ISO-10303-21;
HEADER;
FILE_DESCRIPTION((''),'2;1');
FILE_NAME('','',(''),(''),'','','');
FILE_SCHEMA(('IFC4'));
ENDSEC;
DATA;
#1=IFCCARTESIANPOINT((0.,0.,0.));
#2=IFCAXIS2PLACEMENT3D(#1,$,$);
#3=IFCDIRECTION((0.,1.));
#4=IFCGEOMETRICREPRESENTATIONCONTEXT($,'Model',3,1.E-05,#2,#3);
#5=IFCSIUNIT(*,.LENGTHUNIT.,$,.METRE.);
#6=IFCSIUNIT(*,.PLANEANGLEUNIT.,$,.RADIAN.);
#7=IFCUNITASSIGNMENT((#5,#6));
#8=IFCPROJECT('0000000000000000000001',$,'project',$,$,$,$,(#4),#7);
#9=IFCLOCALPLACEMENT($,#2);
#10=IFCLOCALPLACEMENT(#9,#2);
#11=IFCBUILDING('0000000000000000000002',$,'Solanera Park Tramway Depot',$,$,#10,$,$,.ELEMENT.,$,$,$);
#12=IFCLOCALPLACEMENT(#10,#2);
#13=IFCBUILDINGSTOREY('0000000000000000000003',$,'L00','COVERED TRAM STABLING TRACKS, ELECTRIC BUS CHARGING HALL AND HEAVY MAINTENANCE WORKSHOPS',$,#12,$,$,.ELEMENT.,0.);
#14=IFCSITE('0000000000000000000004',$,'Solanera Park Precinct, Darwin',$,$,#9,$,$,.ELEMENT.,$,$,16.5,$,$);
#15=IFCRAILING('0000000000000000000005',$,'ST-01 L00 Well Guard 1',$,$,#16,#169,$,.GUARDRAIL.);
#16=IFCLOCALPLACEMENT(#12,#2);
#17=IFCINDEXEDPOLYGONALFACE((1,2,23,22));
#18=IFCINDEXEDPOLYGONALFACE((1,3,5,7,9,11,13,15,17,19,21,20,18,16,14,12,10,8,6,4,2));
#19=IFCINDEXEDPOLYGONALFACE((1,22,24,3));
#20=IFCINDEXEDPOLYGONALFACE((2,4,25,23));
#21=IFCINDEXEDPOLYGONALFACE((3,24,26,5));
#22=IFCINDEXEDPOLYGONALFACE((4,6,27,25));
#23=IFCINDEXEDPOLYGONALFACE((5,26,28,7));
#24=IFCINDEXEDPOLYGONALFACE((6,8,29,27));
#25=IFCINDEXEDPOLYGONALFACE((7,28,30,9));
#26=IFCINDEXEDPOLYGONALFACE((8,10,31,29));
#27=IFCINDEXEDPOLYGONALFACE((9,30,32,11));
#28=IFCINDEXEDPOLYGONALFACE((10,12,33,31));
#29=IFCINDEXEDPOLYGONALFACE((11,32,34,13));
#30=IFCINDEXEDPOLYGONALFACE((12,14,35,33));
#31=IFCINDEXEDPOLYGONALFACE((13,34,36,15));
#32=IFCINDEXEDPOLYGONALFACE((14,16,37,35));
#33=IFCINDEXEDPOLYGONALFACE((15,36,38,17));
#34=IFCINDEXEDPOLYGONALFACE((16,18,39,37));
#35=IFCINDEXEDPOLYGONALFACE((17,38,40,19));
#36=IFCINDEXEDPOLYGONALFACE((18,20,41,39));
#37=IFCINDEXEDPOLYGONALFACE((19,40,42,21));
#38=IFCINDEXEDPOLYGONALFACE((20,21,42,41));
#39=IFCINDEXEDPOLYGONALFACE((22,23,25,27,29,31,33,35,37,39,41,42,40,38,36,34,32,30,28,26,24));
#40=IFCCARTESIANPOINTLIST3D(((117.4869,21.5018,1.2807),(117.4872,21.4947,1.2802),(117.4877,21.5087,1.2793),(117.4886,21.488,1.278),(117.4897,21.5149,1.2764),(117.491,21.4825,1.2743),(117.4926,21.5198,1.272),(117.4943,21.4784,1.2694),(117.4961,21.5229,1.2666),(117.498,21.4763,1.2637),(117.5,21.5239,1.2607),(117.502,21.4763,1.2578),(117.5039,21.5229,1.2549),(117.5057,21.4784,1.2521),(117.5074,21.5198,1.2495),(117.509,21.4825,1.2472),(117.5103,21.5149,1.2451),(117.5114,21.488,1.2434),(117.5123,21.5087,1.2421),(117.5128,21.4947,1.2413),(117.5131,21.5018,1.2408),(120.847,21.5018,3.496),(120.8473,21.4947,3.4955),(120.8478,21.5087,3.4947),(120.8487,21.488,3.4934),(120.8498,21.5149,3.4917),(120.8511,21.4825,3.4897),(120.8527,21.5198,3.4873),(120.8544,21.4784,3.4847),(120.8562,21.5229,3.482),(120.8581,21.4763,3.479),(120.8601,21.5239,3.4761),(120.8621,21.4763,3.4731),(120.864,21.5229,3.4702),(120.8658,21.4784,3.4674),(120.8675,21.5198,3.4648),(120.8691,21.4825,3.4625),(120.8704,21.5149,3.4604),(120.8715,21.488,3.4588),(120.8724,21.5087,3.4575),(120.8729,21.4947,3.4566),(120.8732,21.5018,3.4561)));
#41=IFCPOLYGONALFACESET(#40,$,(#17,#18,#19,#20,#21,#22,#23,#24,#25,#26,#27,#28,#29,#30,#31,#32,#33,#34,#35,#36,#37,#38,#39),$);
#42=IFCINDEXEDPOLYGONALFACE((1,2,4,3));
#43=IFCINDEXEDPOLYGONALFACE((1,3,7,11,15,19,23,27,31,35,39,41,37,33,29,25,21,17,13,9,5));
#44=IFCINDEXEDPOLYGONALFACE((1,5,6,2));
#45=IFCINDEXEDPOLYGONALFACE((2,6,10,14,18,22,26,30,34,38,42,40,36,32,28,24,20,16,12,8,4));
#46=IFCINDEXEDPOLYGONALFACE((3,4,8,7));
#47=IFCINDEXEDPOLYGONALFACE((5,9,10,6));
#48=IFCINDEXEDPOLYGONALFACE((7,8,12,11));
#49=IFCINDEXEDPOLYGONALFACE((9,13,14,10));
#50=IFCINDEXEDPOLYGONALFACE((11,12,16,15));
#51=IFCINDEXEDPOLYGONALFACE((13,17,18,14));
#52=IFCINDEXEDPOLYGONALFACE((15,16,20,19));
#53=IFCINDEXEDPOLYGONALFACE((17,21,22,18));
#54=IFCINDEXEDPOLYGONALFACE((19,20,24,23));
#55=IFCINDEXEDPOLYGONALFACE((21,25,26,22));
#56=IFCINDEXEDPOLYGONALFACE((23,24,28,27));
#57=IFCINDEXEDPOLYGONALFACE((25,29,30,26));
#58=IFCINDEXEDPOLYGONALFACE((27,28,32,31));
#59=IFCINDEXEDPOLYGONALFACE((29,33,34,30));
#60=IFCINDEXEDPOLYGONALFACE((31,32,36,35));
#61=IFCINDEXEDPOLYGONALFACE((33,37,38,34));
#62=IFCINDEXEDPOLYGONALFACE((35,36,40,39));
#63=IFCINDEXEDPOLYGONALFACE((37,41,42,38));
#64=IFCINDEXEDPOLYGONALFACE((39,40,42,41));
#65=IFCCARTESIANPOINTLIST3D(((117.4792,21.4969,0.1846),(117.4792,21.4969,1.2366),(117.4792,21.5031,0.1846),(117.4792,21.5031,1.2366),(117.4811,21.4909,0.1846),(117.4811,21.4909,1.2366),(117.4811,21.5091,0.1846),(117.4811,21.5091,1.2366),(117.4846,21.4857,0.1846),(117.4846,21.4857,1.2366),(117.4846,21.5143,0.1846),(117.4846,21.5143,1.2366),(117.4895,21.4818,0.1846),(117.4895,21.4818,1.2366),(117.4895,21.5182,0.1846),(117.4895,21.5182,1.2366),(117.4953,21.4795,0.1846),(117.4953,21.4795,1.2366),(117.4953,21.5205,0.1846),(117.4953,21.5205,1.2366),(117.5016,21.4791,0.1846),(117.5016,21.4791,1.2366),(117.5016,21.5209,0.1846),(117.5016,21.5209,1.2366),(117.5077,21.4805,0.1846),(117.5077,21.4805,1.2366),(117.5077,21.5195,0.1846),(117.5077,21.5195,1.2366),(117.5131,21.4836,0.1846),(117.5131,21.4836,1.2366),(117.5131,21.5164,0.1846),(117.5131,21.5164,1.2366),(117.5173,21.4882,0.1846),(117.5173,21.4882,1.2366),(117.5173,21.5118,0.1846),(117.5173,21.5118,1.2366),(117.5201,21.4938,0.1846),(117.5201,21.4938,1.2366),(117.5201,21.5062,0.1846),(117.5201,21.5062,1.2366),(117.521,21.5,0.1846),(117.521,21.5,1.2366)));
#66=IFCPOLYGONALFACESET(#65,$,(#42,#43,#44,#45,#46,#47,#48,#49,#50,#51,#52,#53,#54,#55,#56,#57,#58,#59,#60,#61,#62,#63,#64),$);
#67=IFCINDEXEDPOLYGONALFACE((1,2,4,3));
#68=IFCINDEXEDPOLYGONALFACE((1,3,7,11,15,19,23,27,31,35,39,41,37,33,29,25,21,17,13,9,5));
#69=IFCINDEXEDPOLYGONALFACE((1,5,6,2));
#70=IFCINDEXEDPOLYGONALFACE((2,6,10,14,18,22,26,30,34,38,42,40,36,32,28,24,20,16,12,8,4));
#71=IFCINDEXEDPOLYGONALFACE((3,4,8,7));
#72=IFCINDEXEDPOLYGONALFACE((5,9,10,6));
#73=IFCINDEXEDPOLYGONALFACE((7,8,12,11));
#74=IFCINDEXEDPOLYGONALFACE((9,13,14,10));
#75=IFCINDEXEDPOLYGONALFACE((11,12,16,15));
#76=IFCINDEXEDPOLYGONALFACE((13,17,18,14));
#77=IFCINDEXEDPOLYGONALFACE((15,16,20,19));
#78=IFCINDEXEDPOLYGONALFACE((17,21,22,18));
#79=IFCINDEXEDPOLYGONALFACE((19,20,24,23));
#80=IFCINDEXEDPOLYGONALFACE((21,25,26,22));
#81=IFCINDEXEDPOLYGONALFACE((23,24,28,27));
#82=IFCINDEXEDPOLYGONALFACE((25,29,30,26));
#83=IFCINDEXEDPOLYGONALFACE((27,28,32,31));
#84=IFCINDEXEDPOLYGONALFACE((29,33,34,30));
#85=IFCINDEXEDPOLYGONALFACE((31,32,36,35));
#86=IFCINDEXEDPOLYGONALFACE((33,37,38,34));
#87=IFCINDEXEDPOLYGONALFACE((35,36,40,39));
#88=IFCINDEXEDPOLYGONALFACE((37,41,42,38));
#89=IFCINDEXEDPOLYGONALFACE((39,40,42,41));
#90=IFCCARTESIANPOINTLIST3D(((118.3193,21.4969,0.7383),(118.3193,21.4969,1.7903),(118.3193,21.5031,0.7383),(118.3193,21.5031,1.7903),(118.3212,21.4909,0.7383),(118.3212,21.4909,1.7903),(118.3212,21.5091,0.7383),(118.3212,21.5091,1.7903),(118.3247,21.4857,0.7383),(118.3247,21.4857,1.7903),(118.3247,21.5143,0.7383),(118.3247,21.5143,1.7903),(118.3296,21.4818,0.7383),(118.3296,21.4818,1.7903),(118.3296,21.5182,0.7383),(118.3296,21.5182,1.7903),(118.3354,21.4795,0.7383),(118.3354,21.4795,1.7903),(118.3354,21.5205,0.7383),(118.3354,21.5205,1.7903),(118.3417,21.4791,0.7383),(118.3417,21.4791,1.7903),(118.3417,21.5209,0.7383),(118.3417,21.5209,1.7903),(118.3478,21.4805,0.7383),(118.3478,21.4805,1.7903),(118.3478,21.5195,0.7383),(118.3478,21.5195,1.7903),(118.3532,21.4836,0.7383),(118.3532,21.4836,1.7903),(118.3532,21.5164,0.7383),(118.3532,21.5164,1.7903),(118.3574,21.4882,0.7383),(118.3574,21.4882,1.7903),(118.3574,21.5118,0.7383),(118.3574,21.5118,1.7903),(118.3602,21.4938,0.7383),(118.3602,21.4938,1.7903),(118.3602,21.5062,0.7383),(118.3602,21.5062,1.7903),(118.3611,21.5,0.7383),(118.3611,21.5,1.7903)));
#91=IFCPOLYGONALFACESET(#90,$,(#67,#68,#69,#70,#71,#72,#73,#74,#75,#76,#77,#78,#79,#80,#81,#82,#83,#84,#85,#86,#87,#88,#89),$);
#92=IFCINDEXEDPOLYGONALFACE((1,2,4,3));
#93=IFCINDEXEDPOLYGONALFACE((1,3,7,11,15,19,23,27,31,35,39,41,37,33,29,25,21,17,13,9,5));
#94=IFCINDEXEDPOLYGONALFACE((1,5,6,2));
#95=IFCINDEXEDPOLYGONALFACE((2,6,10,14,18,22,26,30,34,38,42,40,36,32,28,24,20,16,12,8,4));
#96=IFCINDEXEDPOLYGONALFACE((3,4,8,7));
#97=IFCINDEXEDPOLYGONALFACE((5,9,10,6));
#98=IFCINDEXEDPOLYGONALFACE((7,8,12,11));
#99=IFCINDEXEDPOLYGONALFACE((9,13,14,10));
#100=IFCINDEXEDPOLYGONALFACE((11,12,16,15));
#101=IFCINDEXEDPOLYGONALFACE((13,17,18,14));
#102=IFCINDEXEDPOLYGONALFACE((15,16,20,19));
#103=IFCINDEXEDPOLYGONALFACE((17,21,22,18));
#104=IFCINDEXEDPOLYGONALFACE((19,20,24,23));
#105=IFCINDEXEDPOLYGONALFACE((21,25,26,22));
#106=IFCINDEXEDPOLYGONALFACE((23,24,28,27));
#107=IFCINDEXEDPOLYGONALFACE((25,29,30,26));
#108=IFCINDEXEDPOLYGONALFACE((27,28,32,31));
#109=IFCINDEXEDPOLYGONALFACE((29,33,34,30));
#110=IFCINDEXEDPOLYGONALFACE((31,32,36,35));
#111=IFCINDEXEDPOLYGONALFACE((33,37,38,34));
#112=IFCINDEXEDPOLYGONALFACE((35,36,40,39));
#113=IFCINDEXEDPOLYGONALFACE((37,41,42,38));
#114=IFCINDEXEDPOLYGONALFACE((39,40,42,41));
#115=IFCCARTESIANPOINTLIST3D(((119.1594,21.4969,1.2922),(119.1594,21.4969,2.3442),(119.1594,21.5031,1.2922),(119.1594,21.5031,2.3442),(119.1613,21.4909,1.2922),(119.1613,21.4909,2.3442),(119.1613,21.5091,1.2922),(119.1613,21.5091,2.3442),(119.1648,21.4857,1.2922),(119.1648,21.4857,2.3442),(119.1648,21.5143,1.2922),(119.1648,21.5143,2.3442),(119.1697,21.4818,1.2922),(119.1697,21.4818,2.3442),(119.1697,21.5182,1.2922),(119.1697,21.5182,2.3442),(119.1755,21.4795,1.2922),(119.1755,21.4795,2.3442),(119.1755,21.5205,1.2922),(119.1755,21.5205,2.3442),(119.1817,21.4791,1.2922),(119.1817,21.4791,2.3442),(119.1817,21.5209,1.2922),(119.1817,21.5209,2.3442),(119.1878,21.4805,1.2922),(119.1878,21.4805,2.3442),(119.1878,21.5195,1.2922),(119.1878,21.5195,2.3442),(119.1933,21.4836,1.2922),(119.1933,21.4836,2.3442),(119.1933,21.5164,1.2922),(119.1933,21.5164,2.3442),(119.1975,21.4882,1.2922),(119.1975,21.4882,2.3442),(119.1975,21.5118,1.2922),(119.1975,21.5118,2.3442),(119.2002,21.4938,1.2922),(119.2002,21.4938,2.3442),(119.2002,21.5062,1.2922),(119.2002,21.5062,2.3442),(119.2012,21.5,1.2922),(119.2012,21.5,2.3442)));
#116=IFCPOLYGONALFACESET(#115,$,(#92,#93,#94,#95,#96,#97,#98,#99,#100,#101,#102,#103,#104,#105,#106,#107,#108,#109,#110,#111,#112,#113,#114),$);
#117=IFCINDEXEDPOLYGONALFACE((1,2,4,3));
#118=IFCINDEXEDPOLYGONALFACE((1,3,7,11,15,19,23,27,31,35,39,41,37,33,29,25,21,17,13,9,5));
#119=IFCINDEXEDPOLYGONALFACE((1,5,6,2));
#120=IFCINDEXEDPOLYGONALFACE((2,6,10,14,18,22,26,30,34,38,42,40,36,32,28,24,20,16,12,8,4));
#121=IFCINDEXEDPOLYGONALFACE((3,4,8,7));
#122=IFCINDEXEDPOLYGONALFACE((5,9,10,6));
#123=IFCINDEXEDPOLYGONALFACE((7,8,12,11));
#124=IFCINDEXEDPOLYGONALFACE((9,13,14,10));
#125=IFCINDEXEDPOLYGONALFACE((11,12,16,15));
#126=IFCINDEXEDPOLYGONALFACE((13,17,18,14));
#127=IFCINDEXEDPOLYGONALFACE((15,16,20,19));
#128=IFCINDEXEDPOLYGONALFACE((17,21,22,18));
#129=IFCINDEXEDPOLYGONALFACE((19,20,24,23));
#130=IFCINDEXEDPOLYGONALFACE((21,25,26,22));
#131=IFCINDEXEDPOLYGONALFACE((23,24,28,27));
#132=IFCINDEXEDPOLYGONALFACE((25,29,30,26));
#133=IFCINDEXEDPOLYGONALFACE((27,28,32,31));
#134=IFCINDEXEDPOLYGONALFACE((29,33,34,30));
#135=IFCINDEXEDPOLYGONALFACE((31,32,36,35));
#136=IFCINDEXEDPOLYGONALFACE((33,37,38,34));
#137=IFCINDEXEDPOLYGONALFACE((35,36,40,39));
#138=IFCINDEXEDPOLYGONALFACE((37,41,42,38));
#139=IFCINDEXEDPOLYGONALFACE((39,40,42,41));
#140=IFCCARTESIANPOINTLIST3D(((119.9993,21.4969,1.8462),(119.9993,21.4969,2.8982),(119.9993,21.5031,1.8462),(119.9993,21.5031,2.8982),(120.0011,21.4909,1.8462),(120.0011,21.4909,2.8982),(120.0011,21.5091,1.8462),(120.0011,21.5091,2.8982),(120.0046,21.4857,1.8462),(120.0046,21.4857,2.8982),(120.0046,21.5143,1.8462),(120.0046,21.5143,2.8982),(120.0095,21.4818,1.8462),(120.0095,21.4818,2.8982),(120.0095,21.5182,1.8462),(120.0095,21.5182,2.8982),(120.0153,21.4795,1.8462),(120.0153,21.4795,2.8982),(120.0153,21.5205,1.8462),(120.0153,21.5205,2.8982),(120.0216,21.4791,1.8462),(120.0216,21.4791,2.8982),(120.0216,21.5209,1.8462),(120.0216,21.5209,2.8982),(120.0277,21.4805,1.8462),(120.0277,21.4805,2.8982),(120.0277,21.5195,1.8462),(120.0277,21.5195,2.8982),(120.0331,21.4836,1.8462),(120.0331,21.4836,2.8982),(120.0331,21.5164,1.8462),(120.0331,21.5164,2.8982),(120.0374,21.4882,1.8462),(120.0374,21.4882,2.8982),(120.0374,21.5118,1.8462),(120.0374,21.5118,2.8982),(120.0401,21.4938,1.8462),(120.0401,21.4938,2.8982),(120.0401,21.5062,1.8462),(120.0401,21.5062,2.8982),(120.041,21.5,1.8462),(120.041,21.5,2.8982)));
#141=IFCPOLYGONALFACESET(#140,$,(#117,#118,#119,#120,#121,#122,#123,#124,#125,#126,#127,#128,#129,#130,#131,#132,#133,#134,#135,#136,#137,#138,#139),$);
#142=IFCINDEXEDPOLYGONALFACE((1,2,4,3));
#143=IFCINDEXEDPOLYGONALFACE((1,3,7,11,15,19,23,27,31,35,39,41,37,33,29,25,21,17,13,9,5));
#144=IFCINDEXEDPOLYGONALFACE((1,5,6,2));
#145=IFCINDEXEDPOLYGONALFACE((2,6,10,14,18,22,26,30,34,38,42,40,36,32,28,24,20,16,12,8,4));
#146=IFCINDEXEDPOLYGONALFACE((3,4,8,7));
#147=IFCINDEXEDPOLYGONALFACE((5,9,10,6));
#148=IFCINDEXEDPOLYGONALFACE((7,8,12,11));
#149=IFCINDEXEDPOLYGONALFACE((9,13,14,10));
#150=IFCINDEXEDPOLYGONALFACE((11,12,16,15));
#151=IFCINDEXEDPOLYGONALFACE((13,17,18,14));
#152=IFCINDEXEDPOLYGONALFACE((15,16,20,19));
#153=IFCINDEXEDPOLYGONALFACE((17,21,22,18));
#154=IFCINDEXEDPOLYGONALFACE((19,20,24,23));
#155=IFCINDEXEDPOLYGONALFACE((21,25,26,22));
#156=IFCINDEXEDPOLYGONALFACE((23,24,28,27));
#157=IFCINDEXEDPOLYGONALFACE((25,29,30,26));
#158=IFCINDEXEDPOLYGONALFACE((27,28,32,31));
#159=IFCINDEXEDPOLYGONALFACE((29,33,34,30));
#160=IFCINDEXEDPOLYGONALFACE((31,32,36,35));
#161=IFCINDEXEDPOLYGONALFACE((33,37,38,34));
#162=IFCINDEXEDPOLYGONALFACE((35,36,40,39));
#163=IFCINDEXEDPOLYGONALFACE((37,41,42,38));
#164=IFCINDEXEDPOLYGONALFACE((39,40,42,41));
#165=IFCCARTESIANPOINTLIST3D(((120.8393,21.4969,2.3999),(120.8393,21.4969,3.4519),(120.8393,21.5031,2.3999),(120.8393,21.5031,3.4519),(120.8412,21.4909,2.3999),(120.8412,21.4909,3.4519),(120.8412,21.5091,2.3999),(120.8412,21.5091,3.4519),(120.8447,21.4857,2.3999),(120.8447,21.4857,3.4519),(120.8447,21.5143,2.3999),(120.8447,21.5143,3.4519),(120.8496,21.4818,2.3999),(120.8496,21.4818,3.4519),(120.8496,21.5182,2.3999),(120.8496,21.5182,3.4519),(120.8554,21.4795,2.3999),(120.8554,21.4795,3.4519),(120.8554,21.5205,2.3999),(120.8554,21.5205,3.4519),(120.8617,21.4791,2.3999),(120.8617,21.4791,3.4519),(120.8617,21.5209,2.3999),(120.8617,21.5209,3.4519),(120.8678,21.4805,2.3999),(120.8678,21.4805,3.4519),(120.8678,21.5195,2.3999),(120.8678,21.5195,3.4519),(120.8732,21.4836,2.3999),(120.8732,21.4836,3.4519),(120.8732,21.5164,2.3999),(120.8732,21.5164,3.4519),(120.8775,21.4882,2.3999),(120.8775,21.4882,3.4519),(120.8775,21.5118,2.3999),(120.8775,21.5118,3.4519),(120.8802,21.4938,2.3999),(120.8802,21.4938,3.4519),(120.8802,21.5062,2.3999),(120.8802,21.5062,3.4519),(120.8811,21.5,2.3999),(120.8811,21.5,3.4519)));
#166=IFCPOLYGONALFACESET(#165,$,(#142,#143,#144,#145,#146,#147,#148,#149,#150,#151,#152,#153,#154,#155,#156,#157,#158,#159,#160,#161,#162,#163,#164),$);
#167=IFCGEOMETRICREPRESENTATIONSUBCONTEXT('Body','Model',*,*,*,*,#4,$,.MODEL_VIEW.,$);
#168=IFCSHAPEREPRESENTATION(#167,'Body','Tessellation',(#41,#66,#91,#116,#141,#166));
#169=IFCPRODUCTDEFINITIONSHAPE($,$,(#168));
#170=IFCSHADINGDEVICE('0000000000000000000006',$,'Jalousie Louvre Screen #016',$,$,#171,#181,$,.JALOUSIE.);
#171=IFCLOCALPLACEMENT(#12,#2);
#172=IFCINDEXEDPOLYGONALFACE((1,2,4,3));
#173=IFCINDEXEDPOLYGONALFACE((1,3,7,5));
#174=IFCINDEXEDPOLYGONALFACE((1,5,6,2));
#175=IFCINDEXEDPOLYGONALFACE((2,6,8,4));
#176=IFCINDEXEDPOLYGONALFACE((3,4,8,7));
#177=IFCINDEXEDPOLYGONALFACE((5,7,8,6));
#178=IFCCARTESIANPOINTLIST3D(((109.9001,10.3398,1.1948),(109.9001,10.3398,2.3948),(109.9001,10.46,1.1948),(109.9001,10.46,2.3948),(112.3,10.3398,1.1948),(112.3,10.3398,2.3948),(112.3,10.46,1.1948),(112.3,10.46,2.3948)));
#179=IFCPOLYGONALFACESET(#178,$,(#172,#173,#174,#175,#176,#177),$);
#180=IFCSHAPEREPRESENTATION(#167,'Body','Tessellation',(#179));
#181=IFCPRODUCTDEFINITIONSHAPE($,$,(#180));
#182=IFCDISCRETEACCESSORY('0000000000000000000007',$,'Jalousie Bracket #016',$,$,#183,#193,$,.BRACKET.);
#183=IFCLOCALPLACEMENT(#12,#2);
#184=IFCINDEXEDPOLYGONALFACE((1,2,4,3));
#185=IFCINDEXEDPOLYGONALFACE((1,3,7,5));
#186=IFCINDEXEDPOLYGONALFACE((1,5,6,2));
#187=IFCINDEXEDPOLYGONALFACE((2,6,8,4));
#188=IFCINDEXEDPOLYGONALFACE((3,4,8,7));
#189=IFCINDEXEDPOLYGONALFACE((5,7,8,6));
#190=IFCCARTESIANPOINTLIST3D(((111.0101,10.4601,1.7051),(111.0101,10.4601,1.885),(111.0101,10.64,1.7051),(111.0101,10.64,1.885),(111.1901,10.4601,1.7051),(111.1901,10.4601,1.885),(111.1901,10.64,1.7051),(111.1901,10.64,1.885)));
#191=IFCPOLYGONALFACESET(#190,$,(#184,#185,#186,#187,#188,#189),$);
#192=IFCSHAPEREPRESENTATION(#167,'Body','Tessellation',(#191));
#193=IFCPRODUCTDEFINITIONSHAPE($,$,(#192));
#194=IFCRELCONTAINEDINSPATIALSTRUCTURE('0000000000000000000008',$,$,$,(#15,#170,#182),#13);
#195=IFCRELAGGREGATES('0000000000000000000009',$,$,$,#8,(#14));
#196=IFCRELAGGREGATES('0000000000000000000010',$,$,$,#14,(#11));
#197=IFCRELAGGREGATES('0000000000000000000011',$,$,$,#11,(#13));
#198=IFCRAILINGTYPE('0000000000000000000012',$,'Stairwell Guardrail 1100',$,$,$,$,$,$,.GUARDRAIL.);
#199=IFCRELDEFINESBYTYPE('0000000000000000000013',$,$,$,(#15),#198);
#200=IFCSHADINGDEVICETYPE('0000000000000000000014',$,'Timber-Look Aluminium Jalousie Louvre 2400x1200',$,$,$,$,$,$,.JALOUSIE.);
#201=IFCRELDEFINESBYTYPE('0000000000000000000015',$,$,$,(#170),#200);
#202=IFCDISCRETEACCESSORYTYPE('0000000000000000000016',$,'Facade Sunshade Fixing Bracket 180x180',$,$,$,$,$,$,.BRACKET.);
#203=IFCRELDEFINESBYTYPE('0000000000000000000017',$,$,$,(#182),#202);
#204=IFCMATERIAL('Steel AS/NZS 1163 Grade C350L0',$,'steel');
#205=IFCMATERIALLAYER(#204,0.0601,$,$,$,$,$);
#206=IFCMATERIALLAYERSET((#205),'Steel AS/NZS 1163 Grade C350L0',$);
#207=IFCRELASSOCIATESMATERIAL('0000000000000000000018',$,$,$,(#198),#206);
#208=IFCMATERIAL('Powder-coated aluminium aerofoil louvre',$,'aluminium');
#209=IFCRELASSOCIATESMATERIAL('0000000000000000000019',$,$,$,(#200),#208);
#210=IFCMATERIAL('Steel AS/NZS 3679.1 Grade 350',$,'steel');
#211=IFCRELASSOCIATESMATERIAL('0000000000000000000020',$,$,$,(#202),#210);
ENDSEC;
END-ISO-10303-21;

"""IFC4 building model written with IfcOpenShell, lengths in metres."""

from ifc_helpers import new_model, si_unit, direction, frame, origin, origin_2d, place, context, subcontext, project, spatial, rectangle, circle, extrude, material, layer, layer_set, type_object, element, save


model = new_model("IFC4")

# Units and contexts
model_context = context("Model", 3, precision=1e-05, world=origin(), true_north=direction((0.0, 1.0)))
body_context = subcontext(model_context, "Body", "Model", "MODEL_VIEW")
ifc_project = project(units=[si_unit("LENGTHUNIT", "METRE"), si_unit("PLANEANGLEUNIT", "RADIAN")], contexts=[model_context])

# Site, building, storey
site_placement = place(None, origin())
site = spatial("IfcSite", under=ifc_project, at=site_placement, Name="Solanera Park Precinct, Darwin", CompositionType="ELEMENT", RefElevation=16.5)
building_placement = place(site_placement, origin())
building = spatial("IfcBuilding", under=site, at=building_placement, Name="Solanera Park Tramway Depot", CompositionType="ELEMENT")
storey_placement = place(building_placement, origin())
storey = spatial("IfcBuildingStorey", under=building, at=storey_placement, Name="L00", Description="COVERED TRAM STABLING TRACKS, ELECTRIC BUS CHARGING HALL AND HEAVY MAINTENANCE WORKSHOPS", CompositionType="ELEMENT", Elevation=0.0)

# Railing
ifc_material_1 = material(Name="Steel AS/NZS 1163 Grade C350L0", Category="steel")
ifc_layer_1 = layer(ifc_material_1, 0.0601)
ifc_layer_set_1 = layer_set([ifc_layer_1], Name="Steel AS/NZS 1163 Grade C350L0")
railing_type_1 = type_object("IfcRailingType", Name="Stairwell Guardrail 1100", PredefinedType="GUARDRAIL", material=ifc_layer_set_1)
railing_1_placement = place(storey_placement, frame((117.5, 21.5, 0.1846)))
element("IfcRailing", 1, at=railing_1_placement, inside=storey, type_object=railing_type_1, Name="ST-01 L00 Well Guard 1", PredefinedType="GUARDRAIL", context=body_context, shape_type="SweptSolid", body=[
    extrude(circle(Radius=0.0239, at=origin_2d()), frame((0.0, 0.0, 1.0762), z_axis=(0.834876, 0.0, 0.550437), x_axis=(0.0, 1.0, 0.0)), (0.0, 0.0, 1.0), 4.0247),
    extrude(circle(Radius=0.021, at=origin_2d()), origin(), (0.0, 0.0, 1.0), 1.052),
    extrude(circle(Radius=0.021, at=origin_2d()), frame((0.8401, 0.0, 0.5537)), (0.0, 0.0, 1.0), 1.052),
    extrude(circle(Radius=0.021, at=origin_2d()), frame((1.6802, 0.0, 1.1077)), (0.0, 0.0, 1.0), 1.052),
    extrude(circle(Radius=0.021, at=origin_2d()), frame((2.52, 0.0, 1.6616)), (0.0, 0.0, 1.0), 1.052),
    extrude(circle(Radius=0.021, at=origin_2d()), frame((3.3601, 0.0, 2.2153)), (0.0, 0.0, 1.0), 1.052),
])

# Shading device
ifc_material_2 = material(Name="Powder-coated aluminium aerofoil louvre", Category="aluminium")
shading_device_type = type_object("IfcShadingDeviceType", Name="Timber-Look Aluminium Jalousie Louvre 2400x1200", PredefinedType="JALOUSIE", material=ifc_material_2)
shading_device_placement = place(storey_placement, frame((111.1001, 10.3999, 1.1948), z_axis=(0.0, 0.0, 1.0), x_axis=(1.0, 0.0, 0.0)))
element("IfcShadingDevice", 2, at=shading_device_placement, inside=storey, type_object=shading_device_type, Name="Jalousie Louvre Screen #016", PredefinedType="JALOUSIE", context=body_context, shape_type="SweptSolid", body=[
    extrude(rectangle(XDim=2.3999, YDim=0.1201, at=origin_2d()), origin(), (0.0, 0.0, 1.0), 1.2),
])

# Discrete accessory
ifc_material_3 = material(Name="Steel AS/NZS 3679.1 Grade 350", Category="steel")
discrete_accessory_type = type_object("IfcDiscreteAccessoryType", Name="Facade Sunshade Fixing Bracket 180x180", PredefinedType="BRACKET", material=ifc_material_3)
discrete_accessory_placement = place(storey_placement, frame((111.1001, 10.55, 1.7051), z_axis=(0.0, 0.0, 1.0), x_axis=(1.0, 0.0, 0.0)))
element("IfcDiscreteAccessory", 3, at=discrete_accessory_placement, inside=storey, type_object=discrete_accessory_type, Name="Jalousie Bracket #016", PredefinedType="BRACKET", context=body_context, shape_type="SweptSolid", body=[
    extrude(rectangle(XDim=0.1799, YDim=0.1799, at=origin_2d()), origin(), (0.0, 0.0, 1.0), 0.1799),
])

save(model, "model.ifc")
